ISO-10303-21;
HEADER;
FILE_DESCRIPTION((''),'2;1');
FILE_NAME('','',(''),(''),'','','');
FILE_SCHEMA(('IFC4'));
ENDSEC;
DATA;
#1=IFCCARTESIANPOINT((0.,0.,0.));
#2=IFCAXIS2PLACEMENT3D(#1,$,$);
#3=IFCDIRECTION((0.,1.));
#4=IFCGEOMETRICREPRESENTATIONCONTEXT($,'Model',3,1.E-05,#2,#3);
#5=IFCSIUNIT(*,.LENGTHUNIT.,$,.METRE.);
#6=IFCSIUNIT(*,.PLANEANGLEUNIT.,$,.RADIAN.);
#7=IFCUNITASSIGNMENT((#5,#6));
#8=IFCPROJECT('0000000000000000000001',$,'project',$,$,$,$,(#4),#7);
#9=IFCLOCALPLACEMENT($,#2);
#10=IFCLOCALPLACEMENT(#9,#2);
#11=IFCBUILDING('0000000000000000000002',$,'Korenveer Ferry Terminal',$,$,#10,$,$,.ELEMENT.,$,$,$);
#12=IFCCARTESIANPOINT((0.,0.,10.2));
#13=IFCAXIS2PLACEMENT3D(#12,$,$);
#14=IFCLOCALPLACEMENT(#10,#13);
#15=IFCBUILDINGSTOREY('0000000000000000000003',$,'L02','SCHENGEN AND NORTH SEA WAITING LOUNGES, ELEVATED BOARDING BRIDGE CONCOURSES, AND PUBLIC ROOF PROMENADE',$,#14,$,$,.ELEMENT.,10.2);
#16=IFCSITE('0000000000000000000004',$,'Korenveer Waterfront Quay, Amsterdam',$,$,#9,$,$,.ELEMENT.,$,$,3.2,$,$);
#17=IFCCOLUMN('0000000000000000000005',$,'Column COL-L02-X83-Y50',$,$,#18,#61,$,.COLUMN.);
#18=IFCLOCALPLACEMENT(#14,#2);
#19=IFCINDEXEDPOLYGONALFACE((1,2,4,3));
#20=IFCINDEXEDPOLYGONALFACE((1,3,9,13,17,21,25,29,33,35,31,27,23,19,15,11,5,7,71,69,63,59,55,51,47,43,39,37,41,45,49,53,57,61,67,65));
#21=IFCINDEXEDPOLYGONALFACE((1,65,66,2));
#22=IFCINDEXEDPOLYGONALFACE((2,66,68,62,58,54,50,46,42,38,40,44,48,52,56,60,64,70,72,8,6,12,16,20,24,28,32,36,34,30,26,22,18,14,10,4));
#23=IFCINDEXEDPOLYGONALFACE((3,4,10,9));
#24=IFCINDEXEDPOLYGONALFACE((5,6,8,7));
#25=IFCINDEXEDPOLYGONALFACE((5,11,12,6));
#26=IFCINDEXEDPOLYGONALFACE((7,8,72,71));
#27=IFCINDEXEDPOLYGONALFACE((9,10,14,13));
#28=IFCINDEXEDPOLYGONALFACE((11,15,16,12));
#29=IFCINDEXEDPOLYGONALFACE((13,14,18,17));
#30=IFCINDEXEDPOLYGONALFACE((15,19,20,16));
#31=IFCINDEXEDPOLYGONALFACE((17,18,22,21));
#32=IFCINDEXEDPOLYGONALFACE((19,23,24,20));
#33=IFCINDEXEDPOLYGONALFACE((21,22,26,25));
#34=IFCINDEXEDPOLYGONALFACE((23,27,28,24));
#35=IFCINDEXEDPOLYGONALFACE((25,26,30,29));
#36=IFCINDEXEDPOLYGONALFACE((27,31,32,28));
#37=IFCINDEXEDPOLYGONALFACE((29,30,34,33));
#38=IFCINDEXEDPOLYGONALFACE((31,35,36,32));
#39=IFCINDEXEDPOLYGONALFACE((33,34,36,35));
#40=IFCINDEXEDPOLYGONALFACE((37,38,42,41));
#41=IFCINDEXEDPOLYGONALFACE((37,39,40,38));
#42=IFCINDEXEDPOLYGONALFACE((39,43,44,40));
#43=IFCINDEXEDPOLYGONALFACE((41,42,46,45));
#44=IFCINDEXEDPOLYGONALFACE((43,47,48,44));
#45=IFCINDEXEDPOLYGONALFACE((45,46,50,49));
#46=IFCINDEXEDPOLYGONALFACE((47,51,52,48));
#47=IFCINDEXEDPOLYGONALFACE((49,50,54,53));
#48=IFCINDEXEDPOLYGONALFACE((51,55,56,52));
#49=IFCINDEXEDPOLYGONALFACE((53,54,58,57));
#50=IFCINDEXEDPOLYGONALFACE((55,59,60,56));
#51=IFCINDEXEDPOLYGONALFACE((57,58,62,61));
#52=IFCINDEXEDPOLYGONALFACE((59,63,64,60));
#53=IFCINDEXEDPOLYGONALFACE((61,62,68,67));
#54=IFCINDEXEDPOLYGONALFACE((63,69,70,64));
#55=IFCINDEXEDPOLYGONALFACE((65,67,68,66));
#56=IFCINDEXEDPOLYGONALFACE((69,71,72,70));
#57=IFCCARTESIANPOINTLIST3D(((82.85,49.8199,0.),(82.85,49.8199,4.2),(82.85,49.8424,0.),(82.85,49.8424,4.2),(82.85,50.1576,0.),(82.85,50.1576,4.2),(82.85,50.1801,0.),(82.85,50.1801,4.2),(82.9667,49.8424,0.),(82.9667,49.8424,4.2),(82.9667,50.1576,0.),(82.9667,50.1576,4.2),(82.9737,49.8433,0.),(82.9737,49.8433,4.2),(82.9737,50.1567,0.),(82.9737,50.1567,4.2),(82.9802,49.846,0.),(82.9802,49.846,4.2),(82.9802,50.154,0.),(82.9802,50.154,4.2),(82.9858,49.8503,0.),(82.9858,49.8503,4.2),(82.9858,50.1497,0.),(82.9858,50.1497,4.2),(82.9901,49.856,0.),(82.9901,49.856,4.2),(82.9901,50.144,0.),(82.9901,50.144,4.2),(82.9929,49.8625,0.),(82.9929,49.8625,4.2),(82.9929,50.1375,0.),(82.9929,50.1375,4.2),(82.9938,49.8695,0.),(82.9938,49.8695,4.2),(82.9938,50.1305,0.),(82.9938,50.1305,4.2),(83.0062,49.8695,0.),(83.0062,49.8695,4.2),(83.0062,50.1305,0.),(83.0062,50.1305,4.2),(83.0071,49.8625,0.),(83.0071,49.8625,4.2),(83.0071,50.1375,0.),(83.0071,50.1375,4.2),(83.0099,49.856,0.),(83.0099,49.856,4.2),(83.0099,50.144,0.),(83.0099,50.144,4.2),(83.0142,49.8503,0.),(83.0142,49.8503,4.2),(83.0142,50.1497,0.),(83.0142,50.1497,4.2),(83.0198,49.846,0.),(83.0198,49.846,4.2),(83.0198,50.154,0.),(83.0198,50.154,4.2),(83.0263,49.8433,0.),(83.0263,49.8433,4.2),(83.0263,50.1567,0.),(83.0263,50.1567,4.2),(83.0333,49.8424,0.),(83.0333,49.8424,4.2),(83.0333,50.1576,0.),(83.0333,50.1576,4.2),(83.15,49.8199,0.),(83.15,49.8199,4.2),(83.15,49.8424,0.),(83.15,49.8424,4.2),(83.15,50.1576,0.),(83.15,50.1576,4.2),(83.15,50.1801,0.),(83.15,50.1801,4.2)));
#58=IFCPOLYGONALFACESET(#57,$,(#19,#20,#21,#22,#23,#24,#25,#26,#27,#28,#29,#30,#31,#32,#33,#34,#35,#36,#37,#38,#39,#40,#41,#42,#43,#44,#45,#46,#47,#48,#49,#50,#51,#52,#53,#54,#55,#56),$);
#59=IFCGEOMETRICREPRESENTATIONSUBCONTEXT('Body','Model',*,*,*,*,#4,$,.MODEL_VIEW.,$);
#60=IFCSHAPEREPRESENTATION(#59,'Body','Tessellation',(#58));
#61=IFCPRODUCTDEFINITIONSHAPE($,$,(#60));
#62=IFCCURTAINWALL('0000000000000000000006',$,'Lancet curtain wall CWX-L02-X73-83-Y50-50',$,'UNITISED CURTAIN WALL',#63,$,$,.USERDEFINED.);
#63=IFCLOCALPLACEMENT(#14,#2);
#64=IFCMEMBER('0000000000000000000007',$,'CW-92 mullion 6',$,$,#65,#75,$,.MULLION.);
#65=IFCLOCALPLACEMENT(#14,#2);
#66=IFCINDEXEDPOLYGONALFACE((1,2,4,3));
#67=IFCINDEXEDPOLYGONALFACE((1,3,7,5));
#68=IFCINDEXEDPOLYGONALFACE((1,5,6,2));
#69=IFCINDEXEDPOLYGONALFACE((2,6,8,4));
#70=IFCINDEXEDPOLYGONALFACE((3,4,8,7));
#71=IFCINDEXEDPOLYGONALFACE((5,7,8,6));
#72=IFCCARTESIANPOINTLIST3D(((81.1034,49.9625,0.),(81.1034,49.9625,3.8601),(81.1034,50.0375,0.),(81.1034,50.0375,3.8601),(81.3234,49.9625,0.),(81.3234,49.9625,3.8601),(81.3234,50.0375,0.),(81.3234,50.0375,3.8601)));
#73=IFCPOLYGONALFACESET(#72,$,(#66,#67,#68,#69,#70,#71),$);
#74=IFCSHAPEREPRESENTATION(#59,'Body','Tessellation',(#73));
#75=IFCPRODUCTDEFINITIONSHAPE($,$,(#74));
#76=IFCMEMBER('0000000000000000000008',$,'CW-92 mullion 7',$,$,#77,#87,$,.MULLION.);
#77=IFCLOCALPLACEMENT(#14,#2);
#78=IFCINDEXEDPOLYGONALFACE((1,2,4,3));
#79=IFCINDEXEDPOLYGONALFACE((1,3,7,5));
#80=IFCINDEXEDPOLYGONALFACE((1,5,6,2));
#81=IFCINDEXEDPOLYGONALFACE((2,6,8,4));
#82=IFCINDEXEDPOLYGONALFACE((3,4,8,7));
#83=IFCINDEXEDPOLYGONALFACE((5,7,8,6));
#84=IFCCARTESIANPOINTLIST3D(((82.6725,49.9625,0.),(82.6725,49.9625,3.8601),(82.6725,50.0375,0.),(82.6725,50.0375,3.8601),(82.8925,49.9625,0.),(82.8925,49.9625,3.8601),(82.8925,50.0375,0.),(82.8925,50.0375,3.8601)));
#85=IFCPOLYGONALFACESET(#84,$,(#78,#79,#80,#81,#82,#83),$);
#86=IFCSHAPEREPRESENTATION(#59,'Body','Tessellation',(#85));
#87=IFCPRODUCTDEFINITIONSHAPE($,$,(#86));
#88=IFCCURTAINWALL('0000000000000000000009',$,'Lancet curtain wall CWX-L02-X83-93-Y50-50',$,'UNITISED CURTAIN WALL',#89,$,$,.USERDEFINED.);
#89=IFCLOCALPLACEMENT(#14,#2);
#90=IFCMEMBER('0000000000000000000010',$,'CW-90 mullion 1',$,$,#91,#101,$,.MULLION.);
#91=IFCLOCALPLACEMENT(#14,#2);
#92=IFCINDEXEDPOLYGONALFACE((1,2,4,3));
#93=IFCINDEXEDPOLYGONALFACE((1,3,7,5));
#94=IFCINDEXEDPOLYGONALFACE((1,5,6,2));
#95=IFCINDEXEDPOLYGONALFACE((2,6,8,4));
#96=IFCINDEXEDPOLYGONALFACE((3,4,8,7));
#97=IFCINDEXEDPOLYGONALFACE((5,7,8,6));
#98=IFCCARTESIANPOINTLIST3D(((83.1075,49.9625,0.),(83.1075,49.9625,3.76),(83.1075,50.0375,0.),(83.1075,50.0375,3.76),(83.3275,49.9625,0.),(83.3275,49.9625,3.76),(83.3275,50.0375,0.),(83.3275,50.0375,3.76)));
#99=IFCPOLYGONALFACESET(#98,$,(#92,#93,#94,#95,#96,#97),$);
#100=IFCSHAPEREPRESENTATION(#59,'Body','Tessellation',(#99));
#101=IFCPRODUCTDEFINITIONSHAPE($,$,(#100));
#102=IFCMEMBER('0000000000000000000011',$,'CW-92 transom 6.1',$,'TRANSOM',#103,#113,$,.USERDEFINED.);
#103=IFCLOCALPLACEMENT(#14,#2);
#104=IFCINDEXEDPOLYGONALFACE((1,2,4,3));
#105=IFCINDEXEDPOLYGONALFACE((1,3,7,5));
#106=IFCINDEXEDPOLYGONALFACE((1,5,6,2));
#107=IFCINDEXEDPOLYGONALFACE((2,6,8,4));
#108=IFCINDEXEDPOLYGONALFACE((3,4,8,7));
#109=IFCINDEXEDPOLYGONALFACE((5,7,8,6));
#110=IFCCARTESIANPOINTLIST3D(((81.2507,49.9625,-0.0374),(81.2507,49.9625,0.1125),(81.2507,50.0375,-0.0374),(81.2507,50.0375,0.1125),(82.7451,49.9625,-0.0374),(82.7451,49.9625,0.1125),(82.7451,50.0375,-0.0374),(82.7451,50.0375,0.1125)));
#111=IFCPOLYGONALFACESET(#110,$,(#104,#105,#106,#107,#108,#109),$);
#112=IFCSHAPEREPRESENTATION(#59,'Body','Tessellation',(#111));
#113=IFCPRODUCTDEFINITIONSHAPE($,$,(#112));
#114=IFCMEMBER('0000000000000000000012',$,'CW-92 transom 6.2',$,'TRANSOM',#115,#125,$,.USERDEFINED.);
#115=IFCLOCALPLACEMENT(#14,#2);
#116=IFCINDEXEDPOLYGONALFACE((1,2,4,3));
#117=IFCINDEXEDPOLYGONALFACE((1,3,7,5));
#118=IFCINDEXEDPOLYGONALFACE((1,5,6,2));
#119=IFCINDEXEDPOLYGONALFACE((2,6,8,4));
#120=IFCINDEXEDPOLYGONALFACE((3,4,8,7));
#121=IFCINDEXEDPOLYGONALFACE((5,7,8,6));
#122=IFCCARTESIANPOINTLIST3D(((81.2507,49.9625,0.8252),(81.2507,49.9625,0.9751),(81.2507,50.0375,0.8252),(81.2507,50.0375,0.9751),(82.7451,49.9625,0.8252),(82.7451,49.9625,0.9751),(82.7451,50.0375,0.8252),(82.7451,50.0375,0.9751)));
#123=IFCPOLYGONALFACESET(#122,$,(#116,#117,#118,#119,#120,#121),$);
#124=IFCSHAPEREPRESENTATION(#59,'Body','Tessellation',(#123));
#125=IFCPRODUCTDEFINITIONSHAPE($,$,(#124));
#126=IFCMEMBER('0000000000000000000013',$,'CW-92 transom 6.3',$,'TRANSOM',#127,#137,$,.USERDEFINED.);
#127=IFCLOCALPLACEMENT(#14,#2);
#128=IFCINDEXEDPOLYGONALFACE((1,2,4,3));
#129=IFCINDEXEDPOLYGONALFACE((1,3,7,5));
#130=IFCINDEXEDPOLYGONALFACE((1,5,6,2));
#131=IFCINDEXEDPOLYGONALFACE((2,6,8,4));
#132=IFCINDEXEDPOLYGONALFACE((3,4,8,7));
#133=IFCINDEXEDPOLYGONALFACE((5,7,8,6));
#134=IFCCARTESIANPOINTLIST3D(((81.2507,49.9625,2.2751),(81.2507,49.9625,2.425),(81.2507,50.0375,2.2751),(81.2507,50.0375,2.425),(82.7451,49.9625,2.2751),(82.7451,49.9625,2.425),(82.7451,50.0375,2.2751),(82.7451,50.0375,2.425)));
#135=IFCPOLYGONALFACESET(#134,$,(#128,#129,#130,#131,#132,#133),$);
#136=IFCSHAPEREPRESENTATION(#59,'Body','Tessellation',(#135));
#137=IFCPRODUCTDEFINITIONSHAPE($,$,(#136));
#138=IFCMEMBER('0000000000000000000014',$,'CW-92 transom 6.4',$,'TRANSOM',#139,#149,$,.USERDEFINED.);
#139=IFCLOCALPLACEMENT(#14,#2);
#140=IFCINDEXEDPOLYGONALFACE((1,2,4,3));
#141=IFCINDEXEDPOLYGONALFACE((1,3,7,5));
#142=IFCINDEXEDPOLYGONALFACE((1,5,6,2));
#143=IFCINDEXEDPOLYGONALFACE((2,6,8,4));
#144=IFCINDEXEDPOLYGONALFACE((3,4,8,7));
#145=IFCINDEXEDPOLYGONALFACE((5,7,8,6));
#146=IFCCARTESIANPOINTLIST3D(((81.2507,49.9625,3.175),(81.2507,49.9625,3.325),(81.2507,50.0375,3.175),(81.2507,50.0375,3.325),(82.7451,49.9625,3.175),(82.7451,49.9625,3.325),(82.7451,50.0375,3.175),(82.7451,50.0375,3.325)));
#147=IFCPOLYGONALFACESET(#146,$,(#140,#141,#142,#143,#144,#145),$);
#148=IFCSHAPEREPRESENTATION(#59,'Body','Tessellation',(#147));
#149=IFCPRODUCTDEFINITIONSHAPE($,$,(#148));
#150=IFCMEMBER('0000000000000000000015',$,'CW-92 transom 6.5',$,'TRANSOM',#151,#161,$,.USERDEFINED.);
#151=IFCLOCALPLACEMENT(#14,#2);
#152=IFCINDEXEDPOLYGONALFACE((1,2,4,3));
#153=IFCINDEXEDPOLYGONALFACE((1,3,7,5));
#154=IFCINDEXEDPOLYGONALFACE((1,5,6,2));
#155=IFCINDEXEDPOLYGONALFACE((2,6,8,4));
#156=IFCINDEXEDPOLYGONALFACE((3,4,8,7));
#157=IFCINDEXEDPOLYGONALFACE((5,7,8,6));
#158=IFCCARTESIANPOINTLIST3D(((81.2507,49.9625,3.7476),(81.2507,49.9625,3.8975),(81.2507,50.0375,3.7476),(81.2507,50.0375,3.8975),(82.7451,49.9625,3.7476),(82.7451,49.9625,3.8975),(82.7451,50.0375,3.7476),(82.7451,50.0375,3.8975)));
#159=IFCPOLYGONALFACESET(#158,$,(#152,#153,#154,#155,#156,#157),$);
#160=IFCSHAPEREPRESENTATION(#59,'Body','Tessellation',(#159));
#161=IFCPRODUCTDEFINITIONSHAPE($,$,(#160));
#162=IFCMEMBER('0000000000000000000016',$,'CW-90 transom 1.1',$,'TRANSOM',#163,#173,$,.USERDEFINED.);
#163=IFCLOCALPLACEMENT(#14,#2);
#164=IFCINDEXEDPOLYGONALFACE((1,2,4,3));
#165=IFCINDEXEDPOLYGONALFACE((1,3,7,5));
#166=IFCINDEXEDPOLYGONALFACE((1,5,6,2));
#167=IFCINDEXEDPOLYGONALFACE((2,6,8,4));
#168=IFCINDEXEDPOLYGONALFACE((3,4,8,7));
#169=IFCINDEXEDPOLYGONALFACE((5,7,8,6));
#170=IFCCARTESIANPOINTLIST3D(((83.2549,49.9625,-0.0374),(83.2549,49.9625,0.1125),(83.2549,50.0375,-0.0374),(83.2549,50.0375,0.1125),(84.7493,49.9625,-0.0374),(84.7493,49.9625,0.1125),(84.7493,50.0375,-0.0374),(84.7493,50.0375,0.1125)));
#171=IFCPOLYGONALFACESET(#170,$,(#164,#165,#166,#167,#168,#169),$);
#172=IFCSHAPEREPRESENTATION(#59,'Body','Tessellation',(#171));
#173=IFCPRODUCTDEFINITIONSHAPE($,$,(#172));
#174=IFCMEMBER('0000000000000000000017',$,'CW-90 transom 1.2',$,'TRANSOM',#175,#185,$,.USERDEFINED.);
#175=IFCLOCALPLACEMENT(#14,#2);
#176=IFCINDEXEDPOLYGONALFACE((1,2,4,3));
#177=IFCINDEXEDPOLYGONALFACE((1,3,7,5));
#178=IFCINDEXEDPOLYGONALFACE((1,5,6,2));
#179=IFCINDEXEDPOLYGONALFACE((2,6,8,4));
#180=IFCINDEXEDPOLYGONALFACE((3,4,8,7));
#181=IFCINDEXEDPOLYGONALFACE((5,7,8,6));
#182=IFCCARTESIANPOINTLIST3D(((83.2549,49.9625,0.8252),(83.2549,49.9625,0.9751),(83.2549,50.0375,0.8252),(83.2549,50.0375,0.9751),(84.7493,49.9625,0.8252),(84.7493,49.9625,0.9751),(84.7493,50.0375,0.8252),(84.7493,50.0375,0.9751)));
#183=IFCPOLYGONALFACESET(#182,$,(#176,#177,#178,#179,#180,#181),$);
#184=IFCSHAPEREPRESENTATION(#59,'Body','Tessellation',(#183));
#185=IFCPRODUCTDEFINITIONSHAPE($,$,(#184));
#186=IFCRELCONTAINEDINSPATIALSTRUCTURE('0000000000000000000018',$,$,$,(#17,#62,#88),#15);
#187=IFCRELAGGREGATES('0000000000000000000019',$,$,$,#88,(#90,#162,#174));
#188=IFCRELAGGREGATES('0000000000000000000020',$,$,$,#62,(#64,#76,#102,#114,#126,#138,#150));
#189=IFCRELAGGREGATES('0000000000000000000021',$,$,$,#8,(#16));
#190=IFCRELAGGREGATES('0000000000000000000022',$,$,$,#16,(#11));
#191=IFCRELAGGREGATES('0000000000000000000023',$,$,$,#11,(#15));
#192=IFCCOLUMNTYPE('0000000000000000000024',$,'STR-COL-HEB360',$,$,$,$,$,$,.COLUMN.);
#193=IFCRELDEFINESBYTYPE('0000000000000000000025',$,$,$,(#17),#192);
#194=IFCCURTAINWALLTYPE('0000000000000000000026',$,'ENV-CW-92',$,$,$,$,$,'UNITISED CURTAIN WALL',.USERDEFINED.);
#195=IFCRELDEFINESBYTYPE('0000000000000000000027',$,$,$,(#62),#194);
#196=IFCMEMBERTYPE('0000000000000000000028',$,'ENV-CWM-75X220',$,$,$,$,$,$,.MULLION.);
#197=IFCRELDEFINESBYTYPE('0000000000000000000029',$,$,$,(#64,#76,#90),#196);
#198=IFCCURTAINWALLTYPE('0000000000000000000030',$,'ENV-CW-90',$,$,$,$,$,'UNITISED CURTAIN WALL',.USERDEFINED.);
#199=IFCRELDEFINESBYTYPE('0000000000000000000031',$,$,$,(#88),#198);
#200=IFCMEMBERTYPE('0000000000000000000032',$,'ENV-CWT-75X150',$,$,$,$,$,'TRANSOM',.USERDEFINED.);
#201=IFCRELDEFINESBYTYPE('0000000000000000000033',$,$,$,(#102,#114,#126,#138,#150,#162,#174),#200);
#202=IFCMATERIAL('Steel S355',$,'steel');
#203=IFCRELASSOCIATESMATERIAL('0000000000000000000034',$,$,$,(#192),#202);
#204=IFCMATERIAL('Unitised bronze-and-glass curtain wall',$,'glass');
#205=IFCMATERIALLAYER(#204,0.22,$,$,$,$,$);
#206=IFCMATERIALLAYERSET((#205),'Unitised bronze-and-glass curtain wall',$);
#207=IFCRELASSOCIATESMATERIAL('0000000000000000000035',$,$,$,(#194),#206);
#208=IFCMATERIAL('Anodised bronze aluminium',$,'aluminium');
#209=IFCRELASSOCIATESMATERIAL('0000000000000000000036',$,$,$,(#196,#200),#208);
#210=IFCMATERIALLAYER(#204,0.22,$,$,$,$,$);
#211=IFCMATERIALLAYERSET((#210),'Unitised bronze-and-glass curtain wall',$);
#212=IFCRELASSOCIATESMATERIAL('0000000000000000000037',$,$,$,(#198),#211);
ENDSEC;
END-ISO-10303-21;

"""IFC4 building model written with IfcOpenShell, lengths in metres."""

from ifc_helpers import new_model, si_unit, direction, frame, origin, origin_2d, place, context, subcontext, project, spatial, rectangle, i_section, extrude, material, layer, layer_set, material_profile, profile_set, type_object, element, aggregate, save


model = new_model("IFC4")

# Units and contexts
model_context = context("Model", 3, precision=1e-05, world=origin(), true_north=direction((0.0, 1.0)))
body_context = subcontext(model_context, "Body", "Model", "MODEL_VIEW")
ifc_project = project(units=[si_unit("LENGTHUNIT", "METRE"), si_unit("PLANEANGLEUNIT", "RADIAN")], contexts=[model_context])

# Site, building, storey
site_placement = place(None, origin())
site = spatial("IfcSite", under=ifc_project, at=site_placement, Name="Korenveer Waterfront Quay, Amsterdam", CompositionType="ELEMENT", RefElevation=3.2)
building_placement = place(site_placement, origin())
building = spatial("IfcBuilding", under=site, at=building_placement, Name="Korenveer Ferry Terminal", CompositionType="ELEMENT")
storey_placement = place(building_placement, frame((0.0, 0.0, 10.2)))
storey = spatial("IfcBuildingStorey", under=building, at=storey_placement, Name="L02", Description="SCHENGEN AND NORTH SEA WAITING LOUNGES, ELEVATED BOARDING BRIDGE CONCOURSES, AND PUBLIC ROOF PROMENADE", CompositionType="ELEMENT", Elevation=10.2)

# Column
ifc_material_1 = material(Name="Steel S355", Category="steel")
ifc_material_profile_1 = material_profile(ifc_material_1, i_section(OverallWidth=0.3, OverallDepth=0.3601, WebThickness=0.0125, FlangeThickness=0.0225, FilletRadius=0.0271, at=origin_2d()), Name="HEB 360")
ifc_profile_set_1 = profile_set([ifc_material_profile_1], Name="Steel S355")
column_type_1 = type_object("IfcColumnType", Name="STR-COL-HEB360", PredefinedType="COLUMN", material=ifc_profile_set_1)
column_1_placement = place(storey_placement, frame((83.0, 50.0, 0.0), z_axis=(0.0, 0.0, 1.0), x_axis=(1.0, 0.0, 0.0)))
element("IfcColumn", 1, at=column_1_placement, inside=storey, type_object=column_type_1, Name="Column COL-L02-X83-Y50", PredefinedType="COLUMN", context=body_context, shape_type="SweptSolid", body=[
    extrude(i_section(OverallWidth=0.3, OverallDepth=0.3601, WebThickness=0.0125, FlangeThickness=0.0225, FilletRadius=0.0271, at=origin_2d()), origin(), (0.0, 0.0, 1.0), 4.2),
])

# Curtain wall, members
ifc_material_2 = material(Name="Unitised bronze-and-glass curtain wall", Category="glass")
ifc_layer_1 = layer(ifc_material_2, 0.22)
ifc_layer_set_1 = layer_set([ifc_layer_1], Name="Unitised bronze-and-glass curtain wall")
curtain_wall_type_1 = type_object("IfcCurtainWallType", Name="ENV-CW-92", ElementType="UNITISED CURTAIN WALL", PredefinedType="USERDEFINED", material=ifc_layer_set_1)
curtain_wall_1_placement = place(storey_placement, frame((73.1799, 50.0, 0.0)))
curtain_wall_1 = element("IfcCurtainWall", 2, at=curtain_wall_1_placement, inside=storey, type_object=curtain_wall_type_1, Name="Lancet curtain wall CWX-L02-X73-83-Y50-50", ObjectType="UNITISED CURTAIN WALL", PredefinedType="USERDEFINED")
ifc_material_3 = material(Name="Anodised bronze aluminium", Category="aluminium")
ifc_material_profile_2 = material_profile(ifc_material_3, rectangle(XDim=0.075, YDim=0.22, at=origin_2d()), Name="ALU 75x220")
ifc_profile_set_2 = profile_set([ifc_material_profile_2], Name="Anodised bronze aluminium")
member_type_1 = type_object("IfcMemberType", Name="ENV-CWM-75X220", PredefinedType="MULLION", material=ifc_profile_set_2)
member_1_placement = place(storey_placement, frame((81.2134, 50.0, 0.0), z_axis=(0.0, 0.0, 1.0), x_axis=(0.0, 1.0, 0.0)))
member_1 = element("IfcMember", 3, at=member_1_placement, type_object=member_type_1, Name="CW-92 mullion 6", PredefinedType="MULLION", context=body_context, shape_type="SweptSolid", body=[
    extrude(rectangle(XDim=0.075, YDim=0.22, at=origin_2d()), origin(), (0.0, 0.0, 1.0), 3.8601),
])
member_2_placement = place(storey_placement, frame((82.7825, 50.0, 0.0), z_axis=(0.0, 0.0, 1.0), x_axis=(0.0, 1.0, 0.0)))
member_2 = element("IfcMember", 4, at=member_2_placement, type_object=member_type_1, Name="CW-92 mullion 7", PredefinedType="MULLION", context=body_context, shape_type="SweptSolid", body=[
    extrude(rectangle(XDim=0.075, YDim=0.22, at=origin_2d()), origin(), (0.0, 0.0, 1.0), 3.8601),
])

# Curtain wall, member
ifc_layer_2 = layer(ifc_material_2, 0.22)
ifc_layer_set_2 = layer_set([ifc_layer_2], Name="Unitised bronze-and-glass curtain wall")
curtain_wall_type_2 = type_object("IfcCurtainWallType", Name="ENV-CW-90", ElementType="UNITISED CURTAIN WALL", PredefinedType="USERDEFINED", material=ifc_layer_set_2)
curtain_wall_2_placement = place(storey_placement, frame((83.1799, 50.0, 0.0)))
curtain_wall_2 = element("IfcCurtainWall", 5, at=curtain_wall_2_placement, inside=storey, type_object=curtain_wall_type_2, Name="Lancet curtain wall CWX-L02-X83-93-Y50-50", ObjectType="UNITISED CURTAIN WALL", PredefinedType="USERDEFINED")
member_3_placement = place(storey_placement, frame((83.2175, 50.0, 0.0), z_axis=(0.0, 0.0, 1.0), x_axis=(0.0, 1.0, 0.0)))
member_3 = element("IfcMember", 6, at=member_3_placement, type_object=member_type_1, Name="CW-90 mullion 1", PredefinedType="MULLION", context=body_context, shape_type="SweptSolid", body=[
    extrude(rectangle(XDim=0.075, YDim=0.22, at=origin_2d()), origin(), (0.0, 0.0, 1.0), 3.76),
])

# Members
ifc_material_profile_3 = material_profile(ifc_material_3, rectangle(XDim=0.075, YDim=0.1499, at=origin_2d()), Name="ALU 75x150")
ifc_profile_set_3 = profile_set([ifc_material_profile_3], Name="Anodised bronze aluminium")
member_type_2 = type_object("IfcMemberType", Name="ENV-CWT-75X150", ElementType="TRANSOM", PredefinedType="USERDEFINED", material=ifc_profile_set_3)
member_4_placement = place(storey_placement, frame((81.2507, 50.0, 0.0376), z_axis=(1.0, 0.0, 0.0), x_axis=(0.0, 1.0, 0.0)))
member_4 = element("IfcMember", 7, at=member_4_placement, type_object=member_type_2, Name="CW-92 transom 6.1", ObjectType="TRANSOM", PredefinedType="USERDEFINED", context=body_context, shape_type="SweptSolid", body=[
    extrude(rectangle(XDim=0.075, YDim=0.1499, at=origin_2d()), origin(), (0.0, 0.0, 1.0), 1.4944),
])
member_5_placement = place(storey_placement, frame((81.2507, 50.0, 0.9001), z_axis=(1.0, 0.0, 0.0), x_axis=(0.0, 1.0, 0.0)))
member_5 = element("IfcMember", 8, at=member_5_placement, type_object=member_type_2, Name="CW-92 transom 6.2", ObjectType="TRANSOM", PredefinedType="USERDEFINED", context=body_context, shape_type="SweptSolid", body=[
    extrude(rectangle(XDim=0.075, YDim=0.1499, at=origin_2d()), origin(), (0.0, 0.0, 1.0), 1.4944),
])
member_6_placement = place(storey_placement, frame((81.2507, 50.0, 2.3501), z_axis=(1.0, 0.0, 0.0), x_axis=(0.0, 1.0, 0.0)))
member_6 = element("IfcMember", 9, at=member_6_placement, type_object=member_type_2, Name="CW-92 transom 6.3", ObjectType="TRANSOM", PredefinedType="USERDEFINED", context=body_context, shape_type="SweptSolid", body=[
    extrude(rectangle(XDim=0.075, YDim=0.1499, at=origin_2d()), origin(), (0.0, 0.0, 1.0), 1.4944),
])
member_7_placement = place(storey_placement, frame((81.2507, 50.0, 3.25), z_axis=(1.0, 0.0, 0.0), x_axis=(0.0, 1.0, 0.0)))
member_7 = element("IfcMember", 10, at=member_7_placement, type_object=member_type_2, Name="CW-92 transom 6.4", ObjectType="TRANSOM", PredefinedType="USERDEFINED", context=body_context, shape_type="SweptSolid", body=[
    extrude(rectangle(XDim=0.075, YDim=0.1499, at=origin_2d()), origin(), (0.0, 0.0, 1.0), 1.4944),
])
member_8_placement = place(storey_placement, frame((81.2507, 50.0, 3.8225), z_axis=(1.0, 0.0, 0.0), x_axis=(0.0, 1.0, 0.0)))
member_8 = element("IfcMember", 11, at=member_8_placement, type_object=member_type_2, Name="CW-92 transom 6.5", ObjectType="TRANSOM", PredefinedType="USERDEFINED", context=body_context, shape_type="SweptSolid", body=[
    extrude(rectangle(XDim=0.075, YDim=0.1499, at=origin_2d()), origin(), (0.0, 0.0, 1.0), 1.4944),
])
member_9_placement = place(storey_placement, frame((83.2549, 50.0, 0.0376), z_axis=(1.0, 0.0, 0.0), x_axis=(0.0, 1.0, 0.0)))
member_9 = element("IfcMember", 12, at=member_9_placement, type_object=member_type_2, Name="CW-90 transom 1.1", ObjectType="TRANSOM", PredefinedType="USERDEFINED", context=body_context, shape_type="SweptSolid", body=[
    extrude(rectangle(XDim=0.075, YDim=0.1499, at=origin_2d()), origin(), (0.0, 0.0, 1.0), 1.4944),
])
member_10_placement = place(storey_placement, frame((83.2549, 50.0, 0.9001), z_axis=(1.0, 0.0, 0.0), x_axis=(0.0, 1.0, 0.0)))
member_10 = element("IfcMember", 13, at=member_10_placement, type_object=member_type_2, Name="CW-90 transom 1.2", ObjectType="TRANSOM", PredefinedType="USERDEFINED", context=body_context, shape_type="SweptSolid", body=[
    extrude(rectangle(XDim=0.075, YDim=0.1499, at=origin_2d()), origin(), (0.0, 0.0, 1.0), 1.4944),
])
aggregate(curtain_wall_2, [member_3, member_9, member_10])

aggregate(curtain_wall_1, [member_1, member_2, member_4, member_5, member_6, member_7, member_8])

save(model, "model.ifc")
